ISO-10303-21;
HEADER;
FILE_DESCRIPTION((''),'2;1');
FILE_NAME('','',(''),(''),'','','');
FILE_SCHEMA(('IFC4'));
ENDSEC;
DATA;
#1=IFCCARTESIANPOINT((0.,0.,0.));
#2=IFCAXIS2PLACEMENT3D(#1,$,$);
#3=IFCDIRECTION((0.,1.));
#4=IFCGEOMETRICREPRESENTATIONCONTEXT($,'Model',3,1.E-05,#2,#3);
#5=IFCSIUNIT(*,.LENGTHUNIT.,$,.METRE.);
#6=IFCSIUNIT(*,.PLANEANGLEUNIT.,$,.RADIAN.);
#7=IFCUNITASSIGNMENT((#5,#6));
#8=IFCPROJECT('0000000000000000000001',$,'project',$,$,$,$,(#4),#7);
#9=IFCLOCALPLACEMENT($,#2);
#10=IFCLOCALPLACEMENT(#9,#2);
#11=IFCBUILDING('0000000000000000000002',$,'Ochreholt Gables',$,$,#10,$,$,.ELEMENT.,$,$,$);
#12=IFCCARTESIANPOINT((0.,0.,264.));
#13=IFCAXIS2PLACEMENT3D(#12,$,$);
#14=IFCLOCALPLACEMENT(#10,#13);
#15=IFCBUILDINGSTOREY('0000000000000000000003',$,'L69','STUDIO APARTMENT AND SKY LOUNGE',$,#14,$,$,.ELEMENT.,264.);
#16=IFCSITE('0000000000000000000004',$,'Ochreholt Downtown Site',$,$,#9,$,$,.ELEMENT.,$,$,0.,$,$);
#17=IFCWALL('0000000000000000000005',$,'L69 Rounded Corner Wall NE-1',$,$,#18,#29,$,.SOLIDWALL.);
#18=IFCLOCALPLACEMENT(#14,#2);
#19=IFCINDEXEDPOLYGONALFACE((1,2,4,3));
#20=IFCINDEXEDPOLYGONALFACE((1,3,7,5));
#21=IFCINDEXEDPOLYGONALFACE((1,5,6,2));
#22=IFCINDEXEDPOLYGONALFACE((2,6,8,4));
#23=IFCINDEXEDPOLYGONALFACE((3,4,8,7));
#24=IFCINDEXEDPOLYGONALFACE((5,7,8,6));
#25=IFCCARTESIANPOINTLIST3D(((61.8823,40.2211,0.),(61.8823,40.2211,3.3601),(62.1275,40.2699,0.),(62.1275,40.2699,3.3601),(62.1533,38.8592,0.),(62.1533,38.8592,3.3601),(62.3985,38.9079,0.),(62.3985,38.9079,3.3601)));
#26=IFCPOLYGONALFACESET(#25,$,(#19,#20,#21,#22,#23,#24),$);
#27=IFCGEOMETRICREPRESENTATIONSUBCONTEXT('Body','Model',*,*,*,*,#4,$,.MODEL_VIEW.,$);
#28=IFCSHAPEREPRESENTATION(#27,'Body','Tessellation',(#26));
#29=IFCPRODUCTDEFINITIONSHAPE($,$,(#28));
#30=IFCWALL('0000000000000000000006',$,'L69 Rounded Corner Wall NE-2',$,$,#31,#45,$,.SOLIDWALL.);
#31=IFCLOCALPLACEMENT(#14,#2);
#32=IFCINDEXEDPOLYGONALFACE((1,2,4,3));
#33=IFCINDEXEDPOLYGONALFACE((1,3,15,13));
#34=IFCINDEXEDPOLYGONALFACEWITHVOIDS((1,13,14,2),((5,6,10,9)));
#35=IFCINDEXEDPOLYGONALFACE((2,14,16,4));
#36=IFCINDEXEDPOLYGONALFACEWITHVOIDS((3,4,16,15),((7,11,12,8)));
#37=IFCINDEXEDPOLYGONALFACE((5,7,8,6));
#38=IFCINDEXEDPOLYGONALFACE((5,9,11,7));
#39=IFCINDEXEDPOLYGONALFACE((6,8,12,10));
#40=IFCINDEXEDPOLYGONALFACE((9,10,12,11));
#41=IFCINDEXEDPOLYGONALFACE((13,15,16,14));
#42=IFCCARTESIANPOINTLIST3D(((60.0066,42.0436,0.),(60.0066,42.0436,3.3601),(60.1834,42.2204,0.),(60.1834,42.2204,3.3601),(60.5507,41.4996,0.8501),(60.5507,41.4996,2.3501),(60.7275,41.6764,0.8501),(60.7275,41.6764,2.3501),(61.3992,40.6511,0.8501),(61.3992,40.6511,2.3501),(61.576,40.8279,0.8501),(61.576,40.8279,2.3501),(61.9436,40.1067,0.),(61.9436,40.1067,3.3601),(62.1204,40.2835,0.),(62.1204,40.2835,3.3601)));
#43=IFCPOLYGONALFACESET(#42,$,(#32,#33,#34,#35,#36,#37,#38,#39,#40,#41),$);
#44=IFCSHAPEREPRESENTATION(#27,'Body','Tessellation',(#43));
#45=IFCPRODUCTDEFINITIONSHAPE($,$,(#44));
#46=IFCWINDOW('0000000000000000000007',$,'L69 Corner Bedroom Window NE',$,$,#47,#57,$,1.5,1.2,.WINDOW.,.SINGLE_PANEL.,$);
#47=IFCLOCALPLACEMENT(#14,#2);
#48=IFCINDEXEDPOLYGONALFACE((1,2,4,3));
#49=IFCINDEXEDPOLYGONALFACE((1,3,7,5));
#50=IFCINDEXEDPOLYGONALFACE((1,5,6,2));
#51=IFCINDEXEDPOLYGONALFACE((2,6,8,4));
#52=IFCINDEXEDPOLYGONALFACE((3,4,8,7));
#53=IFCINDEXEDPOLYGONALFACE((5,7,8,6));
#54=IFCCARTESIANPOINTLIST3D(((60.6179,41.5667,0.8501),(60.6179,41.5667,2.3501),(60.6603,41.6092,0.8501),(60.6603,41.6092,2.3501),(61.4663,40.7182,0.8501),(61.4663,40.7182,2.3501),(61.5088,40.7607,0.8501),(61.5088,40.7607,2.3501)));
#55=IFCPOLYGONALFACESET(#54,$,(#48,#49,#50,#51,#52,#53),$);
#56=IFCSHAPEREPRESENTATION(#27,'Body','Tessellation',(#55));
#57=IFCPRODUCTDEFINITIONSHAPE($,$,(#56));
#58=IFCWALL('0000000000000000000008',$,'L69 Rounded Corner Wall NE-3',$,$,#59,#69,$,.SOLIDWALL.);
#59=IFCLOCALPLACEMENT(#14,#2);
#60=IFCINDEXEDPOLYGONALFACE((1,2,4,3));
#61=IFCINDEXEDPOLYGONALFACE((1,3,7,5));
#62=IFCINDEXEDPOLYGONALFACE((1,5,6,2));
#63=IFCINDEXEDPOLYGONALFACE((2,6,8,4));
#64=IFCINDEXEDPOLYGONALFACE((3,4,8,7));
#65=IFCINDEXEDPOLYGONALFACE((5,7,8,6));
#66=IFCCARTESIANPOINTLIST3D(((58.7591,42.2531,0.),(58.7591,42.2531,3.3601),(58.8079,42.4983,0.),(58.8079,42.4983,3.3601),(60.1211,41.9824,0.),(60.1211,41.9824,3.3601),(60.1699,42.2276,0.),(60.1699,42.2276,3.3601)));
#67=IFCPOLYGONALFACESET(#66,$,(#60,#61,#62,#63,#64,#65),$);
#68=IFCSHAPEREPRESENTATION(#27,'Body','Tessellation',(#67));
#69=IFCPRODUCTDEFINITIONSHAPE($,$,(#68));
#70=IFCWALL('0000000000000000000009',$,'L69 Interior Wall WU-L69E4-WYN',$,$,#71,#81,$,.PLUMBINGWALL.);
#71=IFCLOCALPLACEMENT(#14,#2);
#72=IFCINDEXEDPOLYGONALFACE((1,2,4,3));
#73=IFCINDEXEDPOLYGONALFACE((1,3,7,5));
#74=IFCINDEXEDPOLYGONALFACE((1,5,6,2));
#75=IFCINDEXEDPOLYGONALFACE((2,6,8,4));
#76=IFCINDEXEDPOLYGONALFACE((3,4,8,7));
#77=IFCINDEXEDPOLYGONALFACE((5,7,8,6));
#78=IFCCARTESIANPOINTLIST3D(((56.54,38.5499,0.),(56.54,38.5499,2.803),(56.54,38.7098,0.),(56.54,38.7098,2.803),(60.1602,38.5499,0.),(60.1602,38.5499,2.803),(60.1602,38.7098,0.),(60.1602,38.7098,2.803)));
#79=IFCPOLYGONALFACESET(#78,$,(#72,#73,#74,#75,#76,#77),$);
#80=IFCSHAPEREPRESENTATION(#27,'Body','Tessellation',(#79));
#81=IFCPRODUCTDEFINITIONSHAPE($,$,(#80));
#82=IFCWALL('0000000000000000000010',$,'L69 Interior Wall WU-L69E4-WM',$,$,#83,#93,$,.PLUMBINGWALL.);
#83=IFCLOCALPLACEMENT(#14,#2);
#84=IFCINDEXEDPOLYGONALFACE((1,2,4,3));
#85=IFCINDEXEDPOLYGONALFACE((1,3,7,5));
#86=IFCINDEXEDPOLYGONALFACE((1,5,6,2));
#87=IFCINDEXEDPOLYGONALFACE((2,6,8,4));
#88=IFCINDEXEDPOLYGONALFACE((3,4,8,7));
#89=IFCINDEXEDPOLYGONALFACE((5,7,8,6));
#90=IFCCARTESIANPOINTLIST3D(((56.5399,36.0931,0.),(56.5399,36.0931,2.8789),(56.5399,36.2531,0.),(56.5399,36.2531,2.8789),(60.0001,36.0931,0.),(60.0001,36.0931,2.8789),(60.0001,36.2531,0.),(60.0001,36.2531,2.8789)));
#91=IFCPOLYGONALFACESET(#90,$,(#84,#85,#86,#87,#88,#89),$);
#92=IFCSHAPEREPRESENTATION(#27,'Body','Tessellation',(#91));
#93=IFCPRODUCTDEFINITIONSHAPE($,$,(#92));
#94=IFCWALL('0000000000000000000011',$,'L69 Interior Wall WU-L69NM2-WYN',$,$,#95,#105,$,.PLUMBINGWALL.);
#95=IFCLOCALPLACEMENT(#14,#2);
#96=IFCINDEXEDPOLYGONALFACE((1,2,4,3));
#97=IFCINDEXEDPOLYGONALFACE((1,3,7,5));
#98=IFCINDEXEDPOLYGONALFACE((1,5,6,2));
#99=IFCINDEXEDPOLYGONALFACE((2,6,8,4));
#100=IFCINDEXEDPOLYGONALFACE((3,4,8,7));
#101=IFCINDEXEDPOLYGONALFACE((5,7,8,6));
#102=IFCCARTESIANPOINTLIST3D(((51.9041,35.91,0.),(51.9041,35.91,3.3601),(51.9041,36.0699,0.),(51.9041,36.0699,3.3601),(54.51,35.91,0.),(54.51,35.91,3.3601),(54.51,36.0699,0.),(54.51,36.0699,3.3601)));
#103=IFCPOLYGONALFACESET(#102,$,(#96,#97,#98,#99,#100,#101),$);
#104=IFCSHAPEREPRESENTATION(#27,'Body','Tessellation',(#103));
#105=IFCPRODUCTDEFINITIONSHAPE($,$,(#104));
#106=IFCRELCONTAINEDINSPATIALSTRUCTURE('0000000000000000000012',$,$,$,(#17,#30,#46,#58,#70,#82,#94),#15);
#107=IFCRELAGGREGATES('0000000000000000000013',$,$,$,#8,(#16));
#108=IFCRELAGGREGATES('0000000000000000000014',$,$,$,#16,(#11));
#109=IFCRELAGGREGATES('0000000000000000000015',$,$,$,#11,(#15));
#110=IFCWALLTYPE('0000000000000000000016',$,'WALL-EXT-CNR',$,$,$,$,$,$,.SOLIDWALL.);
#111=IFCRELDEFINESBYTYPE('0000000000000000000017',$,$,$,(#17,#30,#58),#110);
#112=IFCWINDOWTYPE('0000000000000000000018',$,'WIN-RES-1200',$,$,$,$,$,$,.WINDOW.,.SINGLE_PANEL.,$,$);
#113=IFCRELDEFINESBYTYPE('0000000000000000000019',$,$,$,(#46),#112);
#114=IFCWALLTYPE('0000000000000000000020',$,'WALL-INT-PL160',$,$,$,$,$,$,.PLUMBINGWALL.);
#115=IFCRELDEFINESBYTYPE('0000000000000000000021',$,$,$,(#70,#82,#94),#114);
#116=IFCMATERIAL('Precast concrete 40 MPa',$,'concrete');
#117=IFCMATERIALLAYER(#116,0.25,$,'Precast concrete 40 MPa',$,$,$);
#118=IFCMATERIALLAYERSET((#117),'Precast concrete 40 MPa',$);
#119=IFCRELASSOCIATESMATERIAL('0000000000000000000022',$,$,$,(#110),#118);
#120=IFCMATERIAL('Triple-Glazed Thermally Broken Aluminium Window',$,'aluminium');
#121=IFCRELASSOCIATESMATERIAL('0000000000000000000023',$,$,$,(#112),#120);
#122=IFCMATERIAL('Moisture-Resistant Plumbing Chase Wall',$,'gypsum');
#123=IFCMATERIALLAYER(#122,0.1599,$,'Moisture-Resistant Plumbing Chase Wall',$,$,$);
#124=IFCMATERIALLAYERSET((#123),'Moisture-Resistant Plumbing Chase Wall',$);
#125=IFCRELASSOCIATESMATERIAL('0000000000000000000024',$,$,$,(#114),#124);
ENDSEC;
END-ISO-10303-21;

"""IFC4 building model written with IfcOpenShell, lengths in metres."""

from ifc_helpers import new_model, si_unit, direction, frame, frame_2d, origin, place, context, subcontext, project, spatial, rectangle, extrude, material, layer, layer_set, type_object, element, fill, save


model = new_model("IFC4")

# Units and contexts
model_context = context("Model", 3, precision=1e-05, world=origin(), true_north=direction((0.0, 1.0)))
body_context = subcontext(model_context, "Body", "Model", "MODEL_VIEW")
ifc_project = project(units=[si_unit("LENGTHUNIT", "METRE"), si_unit("PLANEANGLEUNIT", "RADIAN")], contexts=[model_context])

# Site, building, storey
site_placement = place(None, origin())
site = spatial("IfcSite", under=ifc_project, at=site_placement, Name="Ochreholt Downtown Site", CompositionType="ELEMENT", RefElevation=0.0)
building_placement = place(site_placement, origin())
building = spatial("IfcBuilding", under=site, at=building_placement, Name="Ochreholt Gables", CompositionType="ELEMENT")
storey_placement = place(building_placement, frame((0.0, 0.0, 264.0)))
storey = spatial("IfcBuildingStorey", under=building, at=storey_placement, Name="L69", Description="STUDIO APARTMENT AND SKY LOUNGE", CompositionType="ELEMENT", Elevation=264.0)

# Shared definitions
ifc_material_1 = material(Name="Precast concrete 40 MPa", Category="concrete")
ifc_material_2 = material(Name="Triple-Glazed Thermally Broken Aluminium Window", Category="aluminium")

# Wall
ifc_layer_1 = layer(ifc_material_1, 0.25, Name="Precast concrete 40 MPa")
ifc_layer_set_1 = layer_set([ifc_layer_1], Name="Precast concrete 40 MPa")
wall_type_1 = type_object("IfcWallType", Name="WALL-EXT-CNR", PredefinedType="SOLIDWALL", material=ifc_layer_set_1)
wall_1_placement = place(storey_placement, frame((62.2759, 38.8835, 0.0), z_axis=(0.0, 0.0, 1.0), x_axis=(-0.195136, 0.980776, 0.0)))
element("IfcWall", 1, at=wall_1_placement, inside=storey, type_object=wall_type_1, Name="L69 Rounded Corner Wall NE-1", PredefinedType="SOLIDWALL", context=body_context, shape_type="SweptSolid", body=[
    extrude(rectangle(XDim=1.3887, YDim=0.25, at=frame_2d((0.6943, 0.0))), origin(), (0.0, 0.0, 1.0), 3.3601),
])

# Wall, opening, window
wall_2_placement = place(storey_placement, frame((62.032, 40.1951, 0.0), z_axis=(0.0, 0.0, 1.0), x_axis=(-0.707107, 0.707107, 0.0)))
wall_2 = element("IfcWall", 2, at=wall_2_placement, inside=storey, type_object=wall_type_1, Name="L69 Rounded Corner Wall NE-2", PredefinedType="SOLIDWALL", context=body_context, shape_type="SweptSolid", body=[
    extrude(rectangle(XDim=2.7393, YDim=0.25, at=frame_2d((1.3696, 0.0))), origin(), (0.0, 0.0, 1.0), 3.3601),
])
opening_1_placement = place(wall_2_placement, frame((0.7698, 0.0, 0.8501)))
opening_1 = element("IfcOpeningElement", 3, at=opening_1_placement, cuts=wall_2, PredefinedType="OPENING", context=body_context, shape_type="SweptSolid", body=[
    extrude(rectangle(XDim=1.2, YDim=1.5, at=frame_2d((0.6001, 0.75))), frame((0.0, 0.135, 0.0), z_axis=(0.0, -1.0, 0.0), x_axis=(1.0, 0.0, 0.0)), (0.0, 0.0, 1.0), 0.27),
])
window_type_1 = type_object("IfcWindowType", Name="WIN-RES-1200", PartitioningType="SINGLE_PANEL", PredefinedType="WINDOW", material=ifc_material_2)
window_1_placement = place(opening_1_placement, origin())
window_1 = element("IfcWindow", 4, at=window_1_placement, inside=storey, type_object=window_type_1, Name="L69 Corner Bedroom Window NE", OverallHeight=1.5, OverallWidth=1.2, PartitioningType="SINGLE_PANEL", PredefinedType="WINDOW", context=body_context, shape_type="SweptSolid", body=[
    extrude(rectangle(XDim=1.2, YDim=1.5, at=frame_2d((0.6001, 0.75))), frame((0.0, 0.03, 0.0), z_axis=(0.0, -1.0, 0.0), x_axis=(1.0, 0.0, 0.0)), (0.0, 0.0, 1.0), 0.0601),
])
fill(opening_1, window_1)

# Walls
wall_3_placement = place(storey_placement, frame((60.1455, 42.105, 0.0), z_axis=(0.0, 0.0, 1.0), x_axis=(-0.98081, 0.194967, 0.0)))
element("IfcWall", 5, at=wall_3_placement, inside=storey, type_object=wall_type_1, Name="L69 Rounded Corner Wall NE-3", PredefinedType="SOLIDWALL", context=body_context, shape_type="SweptSolid", body=[
    extrude(rectangle(XDim=1.3887, YDim=0.25, at=frame_2d((0.6943, 0.0))), origin(), (0.0, 0.0, 1.0), 3.3601),
])
ifc_material_3 = material(Name="Moisture-Resistant Plumbing Chase Wall", Category="gypsum")
ifc_layer_2 = layer(ifc_material_3, 0.1599, Name="Moisture-Resistant Plumbing Chase Wall")
ifc_layer_set_2 = layer_set([ifc_layer_2], Name="Moisture-Resistant Plumbing Chase Wall")
wall_type_2 = type_object("IfcWallType", Name="WALL-INT-PL160", PredefinedType="PLUMBINGWALL", material=ifc_layer_set_2)
wall_4_placement = place(storey_placement, frame((56.54, 38.6299, 0.0), z_axis=(0.0, 0.0, 1.0), x_axis=(1.0, 0.0, 0.0)))
element("IfcWall", 6, at=wall_4_placement, inside=storey, type_object=wall_type_2, Name="L69 Interior Wall WU-L69E4-WYN", PredefinedType="PLUMBINGWALL", context=body_context, shape_type="SweptSolid", body=[
    extrude(rectangle(XDim=3.6201, YDim=0.1599, at=frame_2d((1.8101, 0.0))), origin(), (0.0, 0.0, 1.0), 2.803),
])
wall_5_placement = place(storey_placement, frame((56.54, 36.1731, 0.0), z_axis=(0.0, 0.0, 1.0), x_axis=(1.0, 0.0, 0.0)))
element("IfcWall", 7, at=wall_5_placement, inside=storey, type_object=wall_type_2, Name="L69 Interior Wall WU-L69E4-WM", PredefinedType="PLUMBINGWALL", context=body_context, shape_type="SweptSolid", body=[
    extrude(rectangle(XDim=3.4602, YDim=0.1599, at=frame_2d((1.73, 0.0))), origin(), (0.0, 0.0, 1.0), 2.8789),
])
wall_6_placement = place(storey_placement, frame((51.9041, 35.99, 0.0), z_axis=(0.0, 0.0, 1.0), x_axis=(1.0, 0.0, 0.0)))
element("IfcWall", 8, at=wall_6_placement, inside=storey, type_object=wall_type_2, Name="L69 Interior Wall WU-L69NM2-WYN", PredefinedType="PLUMBINGWALL", context=body_context, shape_type="SweptSolid", body=[
    extrude(rectangle(XDim=2.606, YDim=0.1599, at=frame_2d((1.303, 0.0))), origin(), (0.0, 0.0, 1.0), 3.3601),
])

save(model, "model.ifc")
